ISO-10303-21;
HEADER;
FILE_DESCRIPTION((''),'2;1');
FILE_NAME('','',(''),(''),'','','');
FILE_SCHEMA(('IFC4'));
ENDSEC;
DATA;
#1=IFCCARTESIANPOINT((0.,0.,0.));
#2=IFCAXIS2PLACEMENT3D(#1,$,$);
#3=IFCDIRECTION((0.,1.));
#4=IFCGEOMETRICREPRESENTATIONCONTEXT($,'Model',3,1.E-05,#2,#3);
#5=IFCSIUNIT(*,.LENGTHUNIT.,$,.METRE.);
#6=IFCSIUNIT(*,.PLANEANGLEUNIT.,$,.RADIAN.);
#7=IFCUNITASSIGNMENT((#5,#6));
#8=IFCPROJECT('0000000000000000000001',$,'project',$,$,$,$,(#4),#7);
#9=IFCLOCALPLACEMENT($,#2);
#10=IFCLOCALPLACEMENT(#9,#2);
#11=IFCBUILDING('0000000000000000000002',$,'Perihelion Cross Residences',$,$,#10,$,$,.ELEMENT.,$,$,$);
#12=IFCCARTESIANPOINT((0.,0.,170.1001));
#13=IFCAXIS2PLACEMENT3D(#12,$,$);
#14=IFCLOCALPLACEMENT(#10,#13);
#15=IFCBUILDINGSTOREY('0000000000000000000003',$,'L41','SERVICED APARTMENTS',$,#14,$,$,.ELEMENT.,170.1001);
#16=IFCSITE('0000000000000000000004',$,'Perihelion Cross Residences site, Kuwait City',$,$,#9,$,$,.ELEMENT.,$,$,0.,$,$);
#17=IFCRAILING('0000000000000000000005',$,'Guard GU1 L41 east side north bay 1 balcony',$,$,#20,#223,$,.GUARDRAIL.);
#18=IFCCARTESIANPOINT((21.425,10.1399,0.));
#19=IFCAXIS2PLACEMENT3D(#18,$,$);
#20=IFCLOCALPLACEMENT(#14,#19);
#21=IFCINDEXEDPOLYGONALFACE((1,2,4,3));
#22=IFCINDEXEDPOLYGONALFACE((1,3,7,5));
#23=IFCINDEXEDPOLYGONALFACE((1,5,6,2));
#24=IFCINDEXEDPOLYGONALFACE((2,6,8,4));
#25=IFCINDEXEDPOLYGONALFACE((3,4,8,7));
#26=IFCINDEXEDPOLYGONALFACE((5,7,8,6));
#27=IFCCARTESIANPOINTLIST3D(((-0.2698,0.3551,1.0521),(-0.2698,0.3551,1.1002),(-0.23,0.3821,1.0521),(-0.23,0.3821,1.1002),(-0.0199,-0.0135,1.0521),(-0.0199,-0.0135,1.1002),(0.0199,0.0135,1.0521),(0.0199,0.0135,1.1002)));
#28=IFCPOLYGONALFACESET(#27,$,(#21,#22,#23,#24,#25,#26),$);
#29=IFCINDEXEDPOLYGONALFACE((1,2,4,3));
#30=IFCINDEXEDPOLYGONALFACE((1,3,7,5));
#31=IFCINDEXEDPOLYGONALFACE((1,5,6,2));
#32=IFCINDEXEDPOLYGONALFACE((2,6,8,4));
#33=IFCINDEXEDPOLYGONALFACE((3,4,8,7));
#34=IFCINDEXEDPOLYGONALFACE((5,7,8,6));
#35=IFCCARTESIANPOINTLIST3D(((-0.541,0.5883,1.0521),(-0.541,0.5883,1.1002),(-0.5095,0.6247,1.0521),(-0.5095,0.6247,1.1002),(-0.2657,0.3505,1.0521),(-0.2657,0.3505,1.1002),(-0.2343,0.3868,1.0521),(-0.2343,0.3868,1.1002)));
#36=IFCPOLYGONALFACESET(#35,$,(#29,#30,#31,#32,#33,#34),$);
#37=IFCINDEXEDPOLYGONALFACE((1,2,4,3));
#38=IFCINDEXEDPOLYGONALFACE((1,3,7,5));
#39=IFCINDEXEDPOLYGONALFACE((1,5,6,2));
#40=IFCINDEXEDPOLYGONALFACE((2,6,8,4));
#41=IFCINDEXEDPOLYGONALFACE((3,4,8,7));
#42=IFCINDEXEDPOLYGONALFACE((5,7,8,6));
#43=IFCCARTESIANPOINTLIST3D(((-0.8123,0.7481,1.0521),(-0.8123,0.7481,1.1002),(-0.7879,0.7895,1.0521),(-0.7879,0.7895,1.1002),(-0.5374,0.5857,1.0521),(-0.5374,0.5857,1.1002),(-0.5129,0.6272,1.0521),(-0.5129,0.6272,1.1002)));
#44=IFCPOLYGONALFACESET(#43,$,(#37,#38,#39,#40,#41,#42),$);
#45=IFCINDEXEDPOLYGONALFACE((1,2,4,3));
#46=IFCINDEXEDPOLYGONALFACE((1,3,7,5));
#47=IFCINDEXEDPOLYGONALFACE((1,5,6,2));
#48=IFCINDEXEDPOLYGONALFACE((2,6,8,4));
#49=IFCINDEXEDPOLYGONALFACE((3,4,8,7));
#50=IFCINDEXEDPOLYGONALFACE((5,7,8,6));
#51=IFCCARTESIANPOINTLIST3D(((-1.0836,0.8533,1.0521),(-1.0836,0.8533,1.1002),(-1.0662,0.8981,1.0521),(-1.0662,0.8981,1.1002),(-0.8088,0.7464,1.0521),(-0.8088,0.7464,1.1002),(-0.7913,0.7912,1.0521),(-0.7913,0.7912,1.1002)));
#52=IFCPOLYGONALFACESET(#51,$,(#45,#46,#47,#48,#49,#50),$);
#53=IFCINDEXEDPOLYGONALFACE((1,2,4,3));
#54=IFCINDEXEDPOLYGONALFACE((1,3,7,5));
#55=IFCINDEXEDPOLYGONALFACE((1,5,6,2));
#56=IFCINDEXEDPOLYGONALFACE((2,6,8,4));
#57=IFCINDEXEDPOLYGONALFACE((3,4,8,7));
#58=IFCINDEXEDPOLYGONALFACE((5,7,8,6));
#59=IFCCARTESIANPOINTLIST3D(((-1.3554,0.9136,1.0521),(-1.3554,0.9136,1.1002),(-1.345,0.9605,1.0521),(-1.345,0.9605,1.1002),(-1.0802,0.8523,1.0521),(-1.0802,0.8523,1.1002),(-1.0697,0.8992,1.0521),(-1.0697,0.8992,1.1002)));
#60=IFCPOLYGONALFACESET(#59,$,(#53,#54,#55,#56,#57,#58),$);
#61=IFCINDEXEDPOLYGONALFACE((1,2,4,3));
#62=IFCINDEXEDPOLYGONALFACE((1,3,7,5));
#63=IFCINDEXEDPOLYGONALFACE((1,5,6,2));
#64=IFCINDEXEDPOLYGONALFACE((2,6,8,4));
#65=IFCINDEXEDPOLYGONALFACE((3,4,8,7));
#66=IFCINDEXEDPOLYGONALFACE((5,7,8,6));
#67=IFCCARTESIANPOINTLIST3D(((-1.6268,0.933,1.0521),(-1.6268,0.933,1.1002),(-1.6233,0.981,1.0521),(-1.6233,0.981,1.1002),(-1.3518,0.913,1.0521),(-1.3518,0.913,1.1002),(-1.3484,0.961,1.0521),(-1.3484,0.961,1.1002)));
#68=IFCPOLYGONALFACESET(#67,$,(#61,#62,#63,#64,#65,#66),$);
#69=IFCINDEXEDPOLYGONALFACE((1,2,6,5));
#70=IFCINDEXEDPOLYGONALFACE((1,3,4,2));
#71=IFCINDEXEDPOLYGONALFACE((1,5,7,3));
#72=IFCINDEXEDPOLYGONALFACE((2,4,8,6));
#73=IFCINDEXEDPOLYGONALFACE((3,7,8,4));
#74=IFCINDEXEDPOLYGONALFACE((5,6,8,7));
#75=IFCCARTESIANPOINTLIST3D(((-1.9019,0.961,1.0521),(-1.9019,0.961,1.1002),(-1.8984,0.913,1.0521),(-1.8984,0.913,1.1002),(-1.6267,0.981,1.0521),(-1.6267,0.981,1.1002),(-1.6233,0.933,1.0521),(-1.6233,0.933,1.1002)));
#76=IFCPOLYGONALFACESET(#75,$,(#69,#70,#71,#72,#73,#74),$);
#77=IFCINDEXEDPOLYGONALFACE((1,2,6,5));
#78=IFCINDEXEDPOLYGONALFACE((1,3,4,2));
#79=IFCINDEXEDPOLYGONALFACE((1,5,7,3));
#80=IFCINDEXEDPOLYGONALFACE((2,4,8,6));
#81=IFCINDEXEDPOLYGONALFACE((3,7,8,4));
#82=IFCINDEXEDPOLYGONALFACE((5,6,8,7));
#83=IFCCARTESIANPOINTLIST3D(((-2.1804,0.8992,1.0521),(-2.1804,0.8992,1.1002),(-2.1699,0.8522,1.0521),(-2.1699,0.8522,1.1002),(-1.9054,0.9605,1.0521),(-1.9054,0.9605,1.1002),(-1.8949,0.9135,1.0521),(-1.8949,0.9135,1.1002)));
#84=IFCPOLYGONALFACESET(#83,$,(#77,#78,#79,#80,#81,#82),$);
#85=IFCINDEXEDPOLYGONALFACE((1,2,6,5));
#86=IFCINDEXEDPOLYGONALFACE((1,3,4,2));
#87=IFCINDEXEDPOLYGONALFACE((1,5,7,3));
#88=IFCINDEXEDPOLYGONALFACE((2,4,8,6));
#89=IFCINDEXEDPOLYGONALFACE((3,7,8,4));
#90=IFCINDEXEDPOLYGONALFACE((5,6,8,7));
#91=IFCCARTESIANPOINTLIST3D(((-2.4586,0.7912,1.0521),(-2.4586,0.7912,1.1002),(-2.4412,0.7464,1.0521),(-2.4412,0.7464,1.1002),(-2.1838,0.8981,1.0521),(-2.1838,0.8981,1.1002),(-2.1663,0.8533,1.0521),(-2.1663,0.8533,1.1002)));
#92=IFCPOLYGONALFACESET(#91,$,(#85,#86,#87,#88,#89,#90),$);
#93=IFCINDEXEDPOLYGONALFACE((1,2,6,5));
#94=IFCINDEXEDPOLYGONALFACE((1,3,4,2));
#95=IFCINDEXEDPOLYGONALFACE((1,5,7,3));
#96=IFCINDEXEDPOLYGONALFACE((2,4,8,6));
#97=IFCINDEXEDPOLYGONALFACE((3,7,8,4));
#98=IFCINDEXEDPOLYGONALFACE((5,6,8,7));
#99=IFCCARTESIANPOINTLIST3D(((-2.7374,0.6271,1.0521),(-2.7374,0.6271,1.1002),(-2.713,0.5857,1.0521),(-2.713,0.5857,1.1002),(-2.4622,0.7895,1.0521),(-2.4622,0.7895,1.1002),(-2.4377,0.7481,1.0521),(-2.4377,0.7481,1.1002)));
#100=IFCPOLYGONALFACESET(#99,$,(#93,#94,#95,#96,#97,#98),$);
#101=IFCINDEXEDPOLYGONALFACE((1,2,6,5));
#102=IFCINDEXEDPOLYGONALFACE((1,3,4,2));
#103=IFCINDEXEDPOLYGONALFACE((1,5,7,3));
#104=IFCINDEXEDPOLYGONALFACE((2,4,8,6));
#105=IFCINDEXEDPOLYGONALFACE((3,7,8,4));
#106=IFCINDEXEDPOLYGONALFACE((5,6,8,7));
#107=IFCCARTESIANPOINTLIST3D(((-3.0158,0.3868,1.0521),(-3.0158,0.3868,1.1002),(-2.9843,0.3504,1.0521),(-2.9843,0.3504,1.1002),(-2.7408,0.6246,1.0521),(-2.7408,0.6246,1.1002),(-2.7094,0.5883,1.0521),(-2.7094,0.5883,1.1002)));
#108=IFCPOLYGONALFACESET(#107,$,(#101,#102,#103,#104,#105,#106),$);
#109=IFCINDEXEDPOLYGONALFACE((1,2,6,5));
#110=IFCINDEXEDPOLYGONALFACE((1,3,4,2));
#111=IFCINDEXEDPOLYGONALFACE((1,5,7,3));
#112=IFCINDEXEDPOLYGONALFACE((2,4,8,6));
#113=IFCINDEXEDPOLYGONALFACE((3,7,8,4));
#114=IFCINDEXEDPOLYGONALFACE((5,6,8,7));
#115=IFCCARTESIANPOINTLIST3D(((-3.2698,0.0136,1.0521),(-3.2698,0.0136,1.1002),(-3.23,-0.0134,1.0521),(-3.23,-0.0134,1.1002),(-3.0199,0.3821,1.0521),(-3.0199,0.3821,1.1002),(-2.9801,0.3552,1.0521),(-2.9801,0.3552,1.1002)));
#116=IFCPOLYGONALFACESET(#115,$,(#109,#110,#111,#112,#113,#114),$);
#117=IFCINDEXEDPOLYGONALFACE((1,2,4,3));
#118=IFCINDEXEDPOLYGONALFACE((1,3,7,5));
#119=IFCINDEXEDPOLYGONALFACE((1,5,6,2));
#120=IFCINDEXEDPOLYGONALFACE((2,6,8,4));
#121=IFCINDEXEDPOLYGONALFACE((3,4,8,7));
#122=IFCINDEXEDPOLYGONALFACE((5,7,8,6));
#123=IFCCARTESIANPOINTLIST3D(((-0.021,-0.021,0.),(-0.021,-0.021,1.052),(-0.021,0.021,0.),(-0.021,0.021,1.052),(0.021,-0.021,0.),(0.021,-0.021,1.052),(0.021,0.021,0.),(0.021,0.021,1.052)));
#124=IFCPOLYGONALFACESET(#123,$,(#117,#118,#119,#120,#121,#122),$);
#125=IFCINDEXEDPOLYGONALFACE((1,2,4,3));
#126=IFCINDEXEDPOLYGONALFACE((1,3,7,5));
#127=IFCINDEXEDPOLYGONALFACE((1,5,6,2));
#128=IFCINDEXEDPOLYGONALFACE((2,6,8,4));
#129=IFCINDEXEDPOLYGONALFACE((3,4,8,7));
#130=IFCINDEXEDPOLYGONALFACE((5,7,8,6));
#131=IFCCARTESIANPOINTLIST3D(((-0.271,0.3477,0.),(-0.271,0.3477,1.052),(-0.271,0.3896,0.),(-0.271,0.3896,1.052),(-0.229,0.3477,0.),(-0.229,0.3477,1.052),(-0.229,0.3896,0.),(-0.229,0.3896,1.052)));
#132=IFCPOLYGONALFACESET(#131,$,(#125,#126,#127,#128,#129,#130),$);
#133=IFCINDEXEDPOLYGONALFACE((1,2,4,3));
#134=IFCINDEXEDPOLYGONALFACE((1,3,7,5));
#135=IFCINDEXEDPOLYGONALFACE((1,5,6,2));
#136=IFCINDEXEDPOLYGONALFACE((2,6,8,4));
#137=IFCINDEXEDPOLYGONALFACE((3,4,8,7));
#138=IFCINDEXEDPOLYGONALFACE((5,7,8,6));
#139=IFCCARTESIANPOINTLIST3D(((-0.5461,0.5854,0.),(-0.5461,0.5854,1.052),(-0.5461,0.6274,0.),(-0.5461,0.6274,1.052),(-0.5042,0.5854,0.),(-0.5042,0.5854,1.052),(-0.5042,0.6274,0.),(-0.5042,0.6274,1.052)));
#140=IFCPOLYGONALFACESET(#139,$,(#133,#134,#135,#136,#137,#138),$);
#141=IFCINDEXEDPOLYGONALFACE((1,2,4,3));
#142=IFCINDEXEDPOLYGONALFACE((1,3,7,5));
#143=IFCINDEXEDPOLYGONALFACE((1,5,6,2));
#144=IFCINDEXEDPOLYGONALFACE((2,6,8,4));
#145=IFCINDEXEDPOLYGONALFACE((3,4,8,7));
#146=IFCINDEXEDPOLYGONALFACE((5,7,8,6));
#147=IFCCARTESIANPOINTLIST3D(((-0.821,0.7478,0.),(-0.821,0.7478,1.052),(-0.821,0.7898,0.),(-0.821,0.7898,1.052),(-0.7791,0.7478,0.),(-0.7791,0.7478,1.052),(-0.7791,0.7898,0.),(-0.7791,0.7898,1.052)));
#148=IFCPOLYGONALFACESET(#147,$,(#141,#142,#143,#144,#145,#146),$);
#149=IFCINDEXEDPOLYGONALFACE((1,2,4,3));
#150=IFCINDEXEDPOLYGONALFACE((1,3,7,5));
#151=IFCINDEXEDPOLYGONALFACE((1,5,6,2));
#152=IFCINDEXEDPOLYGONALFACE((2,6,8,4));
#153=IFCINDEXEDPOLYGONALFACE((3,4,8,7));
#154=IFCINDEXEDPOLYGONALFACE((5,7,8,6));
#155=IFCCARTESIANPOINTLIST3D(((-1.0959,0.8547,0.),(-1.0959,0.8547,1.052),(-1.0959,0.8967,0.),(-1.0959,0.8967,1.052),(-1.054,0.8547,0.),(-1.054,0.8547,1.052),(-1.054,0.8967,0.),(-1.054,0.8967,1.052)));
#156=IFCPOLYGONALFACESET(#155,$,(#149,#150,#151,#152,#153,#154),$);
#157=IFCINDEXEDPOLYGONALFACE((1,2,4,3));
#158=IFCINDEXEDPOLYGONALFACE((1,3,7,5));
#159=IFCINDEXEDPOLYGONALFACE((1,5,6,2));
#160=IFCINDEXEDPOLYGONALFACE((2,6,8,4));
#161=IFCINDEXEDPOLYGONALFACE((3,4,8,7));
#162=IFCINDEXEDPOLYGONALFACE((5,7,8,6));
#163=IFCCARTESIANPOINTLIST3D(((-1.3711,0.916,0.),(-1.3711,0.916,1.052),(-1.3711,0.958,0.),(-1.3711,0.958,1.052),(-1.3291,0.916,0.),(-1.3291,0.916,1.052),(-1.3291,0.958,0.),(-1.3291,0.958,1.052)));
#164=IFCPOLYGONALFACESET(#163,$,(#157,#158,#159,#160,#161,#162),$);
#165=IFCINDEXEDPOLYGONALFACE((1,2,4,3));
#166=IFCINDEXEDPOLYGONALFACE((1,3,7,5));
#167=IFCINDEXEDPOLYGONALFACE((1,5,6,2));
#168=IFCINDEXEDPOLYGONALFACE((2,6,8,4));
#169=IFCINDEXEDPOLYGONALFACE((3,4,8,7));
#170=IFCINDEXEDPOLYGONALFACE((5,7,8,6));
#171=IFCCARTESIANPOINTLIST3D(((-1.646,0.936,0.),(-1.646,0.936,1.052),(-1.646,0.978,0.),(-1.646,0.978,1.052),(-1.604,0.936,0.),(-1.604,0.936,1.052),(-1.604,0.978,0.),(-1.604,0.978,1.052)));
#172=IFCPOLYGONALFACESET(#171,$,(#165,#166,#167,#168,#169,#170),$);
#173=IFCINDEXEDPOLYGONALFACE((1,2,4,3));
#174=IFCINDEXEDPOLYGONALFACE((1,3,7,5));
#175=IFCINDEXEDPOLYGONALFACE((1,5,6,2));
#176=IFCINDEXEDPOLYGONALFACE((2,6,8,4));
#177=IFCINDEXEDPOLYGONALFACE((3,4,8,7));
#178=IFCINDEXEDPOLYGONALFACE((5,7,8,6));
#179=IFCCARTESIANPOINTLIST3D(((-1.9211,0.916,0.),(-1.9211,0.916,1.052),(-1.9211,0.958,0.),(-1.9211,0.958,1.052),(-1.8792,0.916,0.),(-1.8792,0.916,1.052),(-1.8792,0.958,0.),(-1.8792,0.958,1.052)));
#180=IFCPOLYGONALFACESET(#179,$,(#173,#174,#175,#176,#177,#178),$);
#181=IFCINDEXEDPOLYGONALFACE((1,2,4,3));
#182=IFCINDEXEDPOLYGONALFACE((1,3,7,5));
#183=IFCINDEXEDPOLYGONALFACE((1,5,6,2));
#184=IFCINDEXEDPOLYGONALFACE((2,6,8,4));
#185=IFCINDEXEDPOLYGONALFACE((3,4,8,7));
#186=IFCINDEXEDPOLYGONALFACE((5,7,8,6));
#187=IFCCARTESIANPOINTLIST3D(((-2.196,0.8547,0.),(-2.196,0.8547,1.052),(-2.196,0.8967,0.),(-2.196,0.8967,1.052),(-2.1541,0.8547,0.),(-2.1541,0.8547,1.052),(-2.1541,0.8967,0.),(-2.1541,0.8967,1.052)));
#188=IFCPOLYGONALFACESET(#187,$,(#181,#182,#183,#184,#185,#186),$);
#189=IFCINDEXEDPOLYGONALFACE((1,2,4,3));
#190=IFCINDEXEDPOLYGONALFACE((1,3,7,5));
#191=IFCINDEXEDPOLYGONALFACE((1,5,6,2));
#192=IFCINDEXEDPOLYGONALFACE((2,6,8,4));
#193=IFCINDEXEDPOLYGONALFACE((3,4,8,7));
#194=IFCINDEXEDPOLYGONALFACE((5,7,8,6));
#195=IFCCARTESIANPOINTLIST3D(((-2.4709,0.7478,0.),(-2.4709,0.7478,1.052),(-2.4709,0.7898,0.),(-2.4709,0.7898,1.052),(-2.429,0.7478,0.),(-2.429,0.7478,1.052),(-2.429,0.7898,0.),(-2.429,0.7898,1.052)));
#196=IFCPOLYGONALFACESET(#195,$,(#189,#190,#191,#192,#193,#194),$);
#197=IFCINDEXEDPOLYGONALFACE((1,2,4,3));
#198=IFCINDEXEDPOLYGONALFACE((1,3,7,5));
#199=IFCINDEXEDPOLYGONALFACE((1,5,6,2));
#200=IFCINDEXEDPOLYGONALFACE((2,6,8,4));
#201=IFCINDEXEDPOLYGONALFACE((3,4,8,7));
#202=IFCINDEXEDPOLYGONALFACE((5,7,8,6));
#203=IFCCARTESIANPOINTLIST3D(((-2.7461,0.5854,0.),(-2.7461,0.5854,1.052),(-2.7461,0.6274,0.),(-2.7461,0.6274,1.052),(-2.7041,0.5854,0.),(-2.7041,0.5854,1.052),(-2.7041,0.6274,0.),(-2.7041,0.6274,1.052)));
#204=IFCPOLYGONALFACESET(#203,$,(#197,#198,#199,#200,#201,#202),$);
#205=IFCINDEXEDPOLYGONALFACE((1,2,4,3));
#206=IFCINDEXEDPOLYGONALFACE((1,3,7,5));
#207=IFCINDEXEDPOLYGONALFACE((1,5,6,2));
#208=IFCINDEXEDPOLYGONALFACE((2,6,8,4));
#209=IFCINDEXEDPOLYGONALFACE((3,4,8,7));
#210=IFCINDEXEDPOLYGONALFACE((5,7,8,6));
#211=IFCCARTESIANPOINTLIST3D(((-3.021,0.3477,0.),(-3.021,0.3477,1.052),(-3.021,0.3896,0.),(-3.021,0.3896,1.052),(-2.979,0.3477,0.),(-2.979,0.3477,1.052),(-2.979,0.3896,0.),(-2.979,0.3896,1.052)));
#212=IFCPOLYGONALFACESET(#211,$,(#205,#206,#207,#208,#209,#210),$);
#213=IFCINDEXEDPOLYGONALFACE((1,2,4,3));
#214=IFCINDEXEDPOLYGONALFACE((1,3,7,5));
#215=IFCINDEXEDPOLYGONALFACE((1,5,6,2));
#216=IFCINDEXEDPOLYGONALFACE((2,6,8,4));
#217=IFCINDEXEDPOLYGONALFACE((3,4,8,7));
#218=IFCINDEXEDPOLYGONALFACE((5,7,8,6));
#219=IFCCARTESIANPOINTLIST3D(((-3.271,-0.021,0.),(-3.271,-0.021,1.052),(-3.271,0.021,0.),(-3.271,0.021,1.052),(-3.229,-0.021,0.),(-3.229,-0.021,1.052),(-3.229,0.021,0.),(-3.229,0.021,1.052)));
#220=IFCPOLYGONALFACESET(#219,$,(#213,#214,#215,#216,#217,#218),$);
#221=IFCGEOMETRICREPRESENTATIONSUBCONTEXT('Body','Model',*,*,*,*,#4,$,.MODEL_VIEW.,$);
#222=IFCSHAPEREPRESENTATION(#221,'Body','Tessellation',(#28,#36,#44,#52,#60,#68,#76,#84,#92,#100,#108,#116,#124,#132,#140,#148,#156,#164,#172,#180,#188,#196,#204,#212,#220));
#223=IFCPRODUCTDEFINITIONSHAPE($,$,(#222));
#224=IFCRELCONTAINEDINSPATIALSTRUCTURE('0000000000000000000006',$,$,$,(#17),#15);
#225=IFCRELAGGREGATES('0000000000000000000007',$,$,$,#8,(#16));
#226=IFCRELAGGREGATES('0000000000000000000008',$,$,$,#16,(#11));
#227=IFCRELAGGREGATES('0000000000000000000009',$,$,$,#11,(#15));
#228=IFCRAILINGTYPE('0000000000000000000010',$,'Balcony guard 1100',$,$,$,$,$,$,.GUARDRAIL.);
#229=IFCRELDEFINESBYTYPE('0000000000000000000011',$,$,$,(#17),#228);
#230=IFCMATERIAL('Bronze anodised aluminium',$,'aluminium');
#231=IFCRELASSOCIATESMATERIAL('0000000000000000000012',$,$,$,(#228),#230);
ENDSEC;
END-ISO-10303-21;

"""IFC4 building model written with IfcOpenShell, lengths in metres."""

from ifc_helpers import new_model, si_unit, direction, frame, origin, origin_2d, place, context, subcontext, project, spatial, rectangle, extrude, material, type_object, element, save


model = new_model("IFC4")

# Units and contexts
model_context = context("Model", 3, precision=1e-05, world=origin(), true_north=direction((0.0, 1.0)))
body_context = subcontext(model_context, "Body", "Model", "MODEL_VIEW")
ifc_project = project(units=[si_unit("LENGTHUNIT", "METRE"), si_unit("PLANEANGLEUNIT", "RADIAN")], contexts=[model_context])

# Site, building, storey
site_placement = place(None, origin())
site = spatial("IfcSite", under=ifc_project, at=site_placement, Name="Perihelion Cross Residences site, Kuwait City", CompositionType="ELEMENT", RefElevation=0.0)
building_placement = place(site_placement, origin())
building = spatial("IfcBuilding", under=site, at=building_placement, Name="Perihelion Cross Residences", CompositionType="ELEMENT")
storey_placement = place(building_placement, frame((0.0, 0.0, 170.1001)))
storey = spatial("IfcBuildingStorey", under=building, at=storey_placement, Name="L41", Description="SERVICED APARTMENTS", CompositionType="ELEMENT", Elevation=170.1001)

# Railing
ifc_material_1 = material(Name="Bronze anodised aluminium", Category="aluminium")
railing_type = type_object("IfcRailingType", Name="Balcony guard 1100", PredefinedType="GUARDRAIL", material=ifc_material_1)
railing_placement = place(storey_placement, frame((21.425, 10.1399, 0.0)))
element("IfcRailing", 1, at=railing_placement, inside=storey, type_object=railing_type, Name="Guard GU1 L41 east side north bay 1 balcony", PredefinedType="GUARDRAIL", context=body_context, shape_type="SweptSolid", body=[
    extrude(rectangle(XDim=0.0481, YDim=0.0481, at=origin_2d()), frame((0.0, 0.0, 1.0762), z_axis=(-0.56126, 0.827639, 0.0), x_axis=(-0.827639, -0.56126, 0.0)), (0.0, 0.0, 1.0), 0.4453),
    extrude(rectangle(XDim=0.0481, YDim=0.0481, at=origin_2d()), frame((-0.25, 0.3687, 1.0762), z_axis=(-0.756597, 0.653882, 0.0), x_axis=(-0.653882, -0.756597, 0.0)), (0.0, 0.0, 1.0), 0.3638),
    extrude(rectangle(XDim=0.0481, YDim=0.0481, at=origin_2d()), frame((-0.5251, 0.6064, 1.0762), z_axis=(-0.861048, 0.508523, 0.0), x_axis=(-0.508523, -0.861048, 0.0)), (0.0, 0.0, 1.0), 0.3193),
    extrude(rectangle(XDim=0.0481, YDim=0.0481, at=origin_2d()), frame((-0.8, 0.7688, 1.0762), z_axis=(-0.931974, 0.362526, 0.0), x_axis=(-0.362526, -0.931974, 0.0)), (0.0, 0.0, 1.0), 0.2949),
    extrude(rectangle(XDim=0.0481, YDim=0.0481, at=origin_2d()), frame((-1.075, 0.8757, 1.0762), z_axis=(-0.976085, 0.217389, 0.0), x_axis=(-0.217389, -0.976085, 0.0)), (0.0, 0.0, 1.0), 0.282),
    extrude(rectangle(XDim=0.0481, YDim=0.0481, at=origin_2d()), frame((-1.3501, 0.937, 1.0762), z_axis=(-0.997359, 0.072632, 0.0), x_axis=(-0.072632, -0.997359, 0.0)), (0.0, 0.0, 1.0), 0.2756),
    extrude(rectangle(XDim=0.0481, YDim=0.0481, at=origin_2d()), frame((-1.625, 0.957, 1.0762), z_axis=(-0.997363, -0.072568, 0.0), x_axis=(0.072568, -0.997363, 0.0)), (0.0, 0.0, 1.0), 0.2759),
    extrude(rectangle(XDim=0.0481, YDim=0.0481, at=origin_2d()), frame((-1.9001, 0.937, 1.0762), z_axis=(-0.976044, -0.217573, 0.0), x_axis=(0.217573, -0.976044, 0.0)), (0.0, 0.0, 1.0), 0.2817),
    extrude(rectangle(XDim=0.0481, YDim=0.0481, at=origin_2d()), frame((-2.175, 0.8757, 1.0762), z_axis=(-0.931974, -0.362526, 0.0), x_axis=(0.362526, -0.931974, 0.0)), (0.0, 0.0, 1.0), 0.2949),
    extrude(rectangle(XDim=0.0481, YDim=0.0481, at=origin_2d()), frame((-2.45, 0.7688, 1.0762), z_axis=(-0.861246, -0.508189, 0.0), x_axis=(0.508189, -0.861246, 0.0)), (0.0, 0.0, 1.0), 0.3196),
    extrude(rectangle(XDim=0.0481, YDim=0.0481, at=origin_2d()), frame((-2.7251, 0.6064, 1.0762), z_axis=(-0.756309, -0.654214, 0.0), x_axis=(0.654214, -0.756309, 0.0)), (0.0, 0.0, 1.0), 0.3635),
    extrude(rectangle(XDim=0.0481, YDim=0.0481, at=origin_2d()), frame((-3.0, 0.3687, 1.0762), z_axis=(-0.56126, -0.827639, 0.0), x_axis=(0.827639, -0.56126, 0.0)), (0.0, 0.0, 1.0), 0.4453),
    extrude(rectangle(XDim=0.042, YDim=0.042, at=origin_2d()), origin(), (0.0, 0.0, 1.0), 1.052),
    extrude(rectangle(XDim=0.042, YDim=0.042, at=origin_2d()), frame((-0.25, 0.3687, 0.0)), (0.0, 0.0, 1.0), 1.052),
    extrude(rectangle(XDim=0.042, YDim=0.042, at=origin_2d()), frame((-0.5251, 0.6064, 0.0)), (0.0, 0.0, 1.0), 1.052),
    extrude(rectangle(XDim=0.042, YDim=0.042, at=origin_2d()), frame((-0.8, 0.7688, 0.0)), (0.0, 0.0, 1.0), 1.052),
    extrude(rectangle(XDim=0.042, YDim=0.042, at=origin_2d()), frame((-1.075, 0.8757, 0.0)), (0.0, 0.0, 1.0), 1.052),
    extrude(rectangle(XDim=0.042, YDim=0.042, at=origin_2d()), frame((-1.3501, 0.937, 0.0)), (0.0, 0.0, 1.0), 1.052),
    extrude(rectangle(XDim=0.042, YDim=0.042, at=origin_2d()), frame((-1.625, 0.957, 0.0)), (0.0, 0.0, 1.0), 1.052),
    extrude(rectangle(XDim=0.042, YDim=0.042, at=origin_2d()), frame((-1.9001, 0.937, 0.0)), (0.0, 0.0, 1.0), 1.052),
    extrude(rectangle(XDim=0.042, YDim=0.042, at=origin_2d()), frame((-2.175, 0.8757, 0.0)), (0.0, 0.0, 1.0), 1.052),
    extrude(rectangle(XDim=0.042, YDim=0.042, at=origin_2d()), frame((-2.45, 0.7688, 0.0)), (0.0, 0.0, 1.0), 1.052),
    extrude(rectangle(XDim=0.042, YDim=0.042, at=origin_2d()), frame((-2.7251, 0.6064, 0.0)), (0.0, 0.0, 1.0), 1.052),
    extrude(rectangle(XDim=0.042, YDim=0.042, at=origin_2d()), frame((-3.0, 0.3687, 0.0)), (0.0, 0.0, 1.0), 1.052),
    extrude(rectangle(XDim=0.042, YDim=0.042, at=origin_2d()), frame((-3.25, 0.0, 0.0)), (0.0, 0.0, 1.0), 1.052),
])

save(model, "model.ifc")
